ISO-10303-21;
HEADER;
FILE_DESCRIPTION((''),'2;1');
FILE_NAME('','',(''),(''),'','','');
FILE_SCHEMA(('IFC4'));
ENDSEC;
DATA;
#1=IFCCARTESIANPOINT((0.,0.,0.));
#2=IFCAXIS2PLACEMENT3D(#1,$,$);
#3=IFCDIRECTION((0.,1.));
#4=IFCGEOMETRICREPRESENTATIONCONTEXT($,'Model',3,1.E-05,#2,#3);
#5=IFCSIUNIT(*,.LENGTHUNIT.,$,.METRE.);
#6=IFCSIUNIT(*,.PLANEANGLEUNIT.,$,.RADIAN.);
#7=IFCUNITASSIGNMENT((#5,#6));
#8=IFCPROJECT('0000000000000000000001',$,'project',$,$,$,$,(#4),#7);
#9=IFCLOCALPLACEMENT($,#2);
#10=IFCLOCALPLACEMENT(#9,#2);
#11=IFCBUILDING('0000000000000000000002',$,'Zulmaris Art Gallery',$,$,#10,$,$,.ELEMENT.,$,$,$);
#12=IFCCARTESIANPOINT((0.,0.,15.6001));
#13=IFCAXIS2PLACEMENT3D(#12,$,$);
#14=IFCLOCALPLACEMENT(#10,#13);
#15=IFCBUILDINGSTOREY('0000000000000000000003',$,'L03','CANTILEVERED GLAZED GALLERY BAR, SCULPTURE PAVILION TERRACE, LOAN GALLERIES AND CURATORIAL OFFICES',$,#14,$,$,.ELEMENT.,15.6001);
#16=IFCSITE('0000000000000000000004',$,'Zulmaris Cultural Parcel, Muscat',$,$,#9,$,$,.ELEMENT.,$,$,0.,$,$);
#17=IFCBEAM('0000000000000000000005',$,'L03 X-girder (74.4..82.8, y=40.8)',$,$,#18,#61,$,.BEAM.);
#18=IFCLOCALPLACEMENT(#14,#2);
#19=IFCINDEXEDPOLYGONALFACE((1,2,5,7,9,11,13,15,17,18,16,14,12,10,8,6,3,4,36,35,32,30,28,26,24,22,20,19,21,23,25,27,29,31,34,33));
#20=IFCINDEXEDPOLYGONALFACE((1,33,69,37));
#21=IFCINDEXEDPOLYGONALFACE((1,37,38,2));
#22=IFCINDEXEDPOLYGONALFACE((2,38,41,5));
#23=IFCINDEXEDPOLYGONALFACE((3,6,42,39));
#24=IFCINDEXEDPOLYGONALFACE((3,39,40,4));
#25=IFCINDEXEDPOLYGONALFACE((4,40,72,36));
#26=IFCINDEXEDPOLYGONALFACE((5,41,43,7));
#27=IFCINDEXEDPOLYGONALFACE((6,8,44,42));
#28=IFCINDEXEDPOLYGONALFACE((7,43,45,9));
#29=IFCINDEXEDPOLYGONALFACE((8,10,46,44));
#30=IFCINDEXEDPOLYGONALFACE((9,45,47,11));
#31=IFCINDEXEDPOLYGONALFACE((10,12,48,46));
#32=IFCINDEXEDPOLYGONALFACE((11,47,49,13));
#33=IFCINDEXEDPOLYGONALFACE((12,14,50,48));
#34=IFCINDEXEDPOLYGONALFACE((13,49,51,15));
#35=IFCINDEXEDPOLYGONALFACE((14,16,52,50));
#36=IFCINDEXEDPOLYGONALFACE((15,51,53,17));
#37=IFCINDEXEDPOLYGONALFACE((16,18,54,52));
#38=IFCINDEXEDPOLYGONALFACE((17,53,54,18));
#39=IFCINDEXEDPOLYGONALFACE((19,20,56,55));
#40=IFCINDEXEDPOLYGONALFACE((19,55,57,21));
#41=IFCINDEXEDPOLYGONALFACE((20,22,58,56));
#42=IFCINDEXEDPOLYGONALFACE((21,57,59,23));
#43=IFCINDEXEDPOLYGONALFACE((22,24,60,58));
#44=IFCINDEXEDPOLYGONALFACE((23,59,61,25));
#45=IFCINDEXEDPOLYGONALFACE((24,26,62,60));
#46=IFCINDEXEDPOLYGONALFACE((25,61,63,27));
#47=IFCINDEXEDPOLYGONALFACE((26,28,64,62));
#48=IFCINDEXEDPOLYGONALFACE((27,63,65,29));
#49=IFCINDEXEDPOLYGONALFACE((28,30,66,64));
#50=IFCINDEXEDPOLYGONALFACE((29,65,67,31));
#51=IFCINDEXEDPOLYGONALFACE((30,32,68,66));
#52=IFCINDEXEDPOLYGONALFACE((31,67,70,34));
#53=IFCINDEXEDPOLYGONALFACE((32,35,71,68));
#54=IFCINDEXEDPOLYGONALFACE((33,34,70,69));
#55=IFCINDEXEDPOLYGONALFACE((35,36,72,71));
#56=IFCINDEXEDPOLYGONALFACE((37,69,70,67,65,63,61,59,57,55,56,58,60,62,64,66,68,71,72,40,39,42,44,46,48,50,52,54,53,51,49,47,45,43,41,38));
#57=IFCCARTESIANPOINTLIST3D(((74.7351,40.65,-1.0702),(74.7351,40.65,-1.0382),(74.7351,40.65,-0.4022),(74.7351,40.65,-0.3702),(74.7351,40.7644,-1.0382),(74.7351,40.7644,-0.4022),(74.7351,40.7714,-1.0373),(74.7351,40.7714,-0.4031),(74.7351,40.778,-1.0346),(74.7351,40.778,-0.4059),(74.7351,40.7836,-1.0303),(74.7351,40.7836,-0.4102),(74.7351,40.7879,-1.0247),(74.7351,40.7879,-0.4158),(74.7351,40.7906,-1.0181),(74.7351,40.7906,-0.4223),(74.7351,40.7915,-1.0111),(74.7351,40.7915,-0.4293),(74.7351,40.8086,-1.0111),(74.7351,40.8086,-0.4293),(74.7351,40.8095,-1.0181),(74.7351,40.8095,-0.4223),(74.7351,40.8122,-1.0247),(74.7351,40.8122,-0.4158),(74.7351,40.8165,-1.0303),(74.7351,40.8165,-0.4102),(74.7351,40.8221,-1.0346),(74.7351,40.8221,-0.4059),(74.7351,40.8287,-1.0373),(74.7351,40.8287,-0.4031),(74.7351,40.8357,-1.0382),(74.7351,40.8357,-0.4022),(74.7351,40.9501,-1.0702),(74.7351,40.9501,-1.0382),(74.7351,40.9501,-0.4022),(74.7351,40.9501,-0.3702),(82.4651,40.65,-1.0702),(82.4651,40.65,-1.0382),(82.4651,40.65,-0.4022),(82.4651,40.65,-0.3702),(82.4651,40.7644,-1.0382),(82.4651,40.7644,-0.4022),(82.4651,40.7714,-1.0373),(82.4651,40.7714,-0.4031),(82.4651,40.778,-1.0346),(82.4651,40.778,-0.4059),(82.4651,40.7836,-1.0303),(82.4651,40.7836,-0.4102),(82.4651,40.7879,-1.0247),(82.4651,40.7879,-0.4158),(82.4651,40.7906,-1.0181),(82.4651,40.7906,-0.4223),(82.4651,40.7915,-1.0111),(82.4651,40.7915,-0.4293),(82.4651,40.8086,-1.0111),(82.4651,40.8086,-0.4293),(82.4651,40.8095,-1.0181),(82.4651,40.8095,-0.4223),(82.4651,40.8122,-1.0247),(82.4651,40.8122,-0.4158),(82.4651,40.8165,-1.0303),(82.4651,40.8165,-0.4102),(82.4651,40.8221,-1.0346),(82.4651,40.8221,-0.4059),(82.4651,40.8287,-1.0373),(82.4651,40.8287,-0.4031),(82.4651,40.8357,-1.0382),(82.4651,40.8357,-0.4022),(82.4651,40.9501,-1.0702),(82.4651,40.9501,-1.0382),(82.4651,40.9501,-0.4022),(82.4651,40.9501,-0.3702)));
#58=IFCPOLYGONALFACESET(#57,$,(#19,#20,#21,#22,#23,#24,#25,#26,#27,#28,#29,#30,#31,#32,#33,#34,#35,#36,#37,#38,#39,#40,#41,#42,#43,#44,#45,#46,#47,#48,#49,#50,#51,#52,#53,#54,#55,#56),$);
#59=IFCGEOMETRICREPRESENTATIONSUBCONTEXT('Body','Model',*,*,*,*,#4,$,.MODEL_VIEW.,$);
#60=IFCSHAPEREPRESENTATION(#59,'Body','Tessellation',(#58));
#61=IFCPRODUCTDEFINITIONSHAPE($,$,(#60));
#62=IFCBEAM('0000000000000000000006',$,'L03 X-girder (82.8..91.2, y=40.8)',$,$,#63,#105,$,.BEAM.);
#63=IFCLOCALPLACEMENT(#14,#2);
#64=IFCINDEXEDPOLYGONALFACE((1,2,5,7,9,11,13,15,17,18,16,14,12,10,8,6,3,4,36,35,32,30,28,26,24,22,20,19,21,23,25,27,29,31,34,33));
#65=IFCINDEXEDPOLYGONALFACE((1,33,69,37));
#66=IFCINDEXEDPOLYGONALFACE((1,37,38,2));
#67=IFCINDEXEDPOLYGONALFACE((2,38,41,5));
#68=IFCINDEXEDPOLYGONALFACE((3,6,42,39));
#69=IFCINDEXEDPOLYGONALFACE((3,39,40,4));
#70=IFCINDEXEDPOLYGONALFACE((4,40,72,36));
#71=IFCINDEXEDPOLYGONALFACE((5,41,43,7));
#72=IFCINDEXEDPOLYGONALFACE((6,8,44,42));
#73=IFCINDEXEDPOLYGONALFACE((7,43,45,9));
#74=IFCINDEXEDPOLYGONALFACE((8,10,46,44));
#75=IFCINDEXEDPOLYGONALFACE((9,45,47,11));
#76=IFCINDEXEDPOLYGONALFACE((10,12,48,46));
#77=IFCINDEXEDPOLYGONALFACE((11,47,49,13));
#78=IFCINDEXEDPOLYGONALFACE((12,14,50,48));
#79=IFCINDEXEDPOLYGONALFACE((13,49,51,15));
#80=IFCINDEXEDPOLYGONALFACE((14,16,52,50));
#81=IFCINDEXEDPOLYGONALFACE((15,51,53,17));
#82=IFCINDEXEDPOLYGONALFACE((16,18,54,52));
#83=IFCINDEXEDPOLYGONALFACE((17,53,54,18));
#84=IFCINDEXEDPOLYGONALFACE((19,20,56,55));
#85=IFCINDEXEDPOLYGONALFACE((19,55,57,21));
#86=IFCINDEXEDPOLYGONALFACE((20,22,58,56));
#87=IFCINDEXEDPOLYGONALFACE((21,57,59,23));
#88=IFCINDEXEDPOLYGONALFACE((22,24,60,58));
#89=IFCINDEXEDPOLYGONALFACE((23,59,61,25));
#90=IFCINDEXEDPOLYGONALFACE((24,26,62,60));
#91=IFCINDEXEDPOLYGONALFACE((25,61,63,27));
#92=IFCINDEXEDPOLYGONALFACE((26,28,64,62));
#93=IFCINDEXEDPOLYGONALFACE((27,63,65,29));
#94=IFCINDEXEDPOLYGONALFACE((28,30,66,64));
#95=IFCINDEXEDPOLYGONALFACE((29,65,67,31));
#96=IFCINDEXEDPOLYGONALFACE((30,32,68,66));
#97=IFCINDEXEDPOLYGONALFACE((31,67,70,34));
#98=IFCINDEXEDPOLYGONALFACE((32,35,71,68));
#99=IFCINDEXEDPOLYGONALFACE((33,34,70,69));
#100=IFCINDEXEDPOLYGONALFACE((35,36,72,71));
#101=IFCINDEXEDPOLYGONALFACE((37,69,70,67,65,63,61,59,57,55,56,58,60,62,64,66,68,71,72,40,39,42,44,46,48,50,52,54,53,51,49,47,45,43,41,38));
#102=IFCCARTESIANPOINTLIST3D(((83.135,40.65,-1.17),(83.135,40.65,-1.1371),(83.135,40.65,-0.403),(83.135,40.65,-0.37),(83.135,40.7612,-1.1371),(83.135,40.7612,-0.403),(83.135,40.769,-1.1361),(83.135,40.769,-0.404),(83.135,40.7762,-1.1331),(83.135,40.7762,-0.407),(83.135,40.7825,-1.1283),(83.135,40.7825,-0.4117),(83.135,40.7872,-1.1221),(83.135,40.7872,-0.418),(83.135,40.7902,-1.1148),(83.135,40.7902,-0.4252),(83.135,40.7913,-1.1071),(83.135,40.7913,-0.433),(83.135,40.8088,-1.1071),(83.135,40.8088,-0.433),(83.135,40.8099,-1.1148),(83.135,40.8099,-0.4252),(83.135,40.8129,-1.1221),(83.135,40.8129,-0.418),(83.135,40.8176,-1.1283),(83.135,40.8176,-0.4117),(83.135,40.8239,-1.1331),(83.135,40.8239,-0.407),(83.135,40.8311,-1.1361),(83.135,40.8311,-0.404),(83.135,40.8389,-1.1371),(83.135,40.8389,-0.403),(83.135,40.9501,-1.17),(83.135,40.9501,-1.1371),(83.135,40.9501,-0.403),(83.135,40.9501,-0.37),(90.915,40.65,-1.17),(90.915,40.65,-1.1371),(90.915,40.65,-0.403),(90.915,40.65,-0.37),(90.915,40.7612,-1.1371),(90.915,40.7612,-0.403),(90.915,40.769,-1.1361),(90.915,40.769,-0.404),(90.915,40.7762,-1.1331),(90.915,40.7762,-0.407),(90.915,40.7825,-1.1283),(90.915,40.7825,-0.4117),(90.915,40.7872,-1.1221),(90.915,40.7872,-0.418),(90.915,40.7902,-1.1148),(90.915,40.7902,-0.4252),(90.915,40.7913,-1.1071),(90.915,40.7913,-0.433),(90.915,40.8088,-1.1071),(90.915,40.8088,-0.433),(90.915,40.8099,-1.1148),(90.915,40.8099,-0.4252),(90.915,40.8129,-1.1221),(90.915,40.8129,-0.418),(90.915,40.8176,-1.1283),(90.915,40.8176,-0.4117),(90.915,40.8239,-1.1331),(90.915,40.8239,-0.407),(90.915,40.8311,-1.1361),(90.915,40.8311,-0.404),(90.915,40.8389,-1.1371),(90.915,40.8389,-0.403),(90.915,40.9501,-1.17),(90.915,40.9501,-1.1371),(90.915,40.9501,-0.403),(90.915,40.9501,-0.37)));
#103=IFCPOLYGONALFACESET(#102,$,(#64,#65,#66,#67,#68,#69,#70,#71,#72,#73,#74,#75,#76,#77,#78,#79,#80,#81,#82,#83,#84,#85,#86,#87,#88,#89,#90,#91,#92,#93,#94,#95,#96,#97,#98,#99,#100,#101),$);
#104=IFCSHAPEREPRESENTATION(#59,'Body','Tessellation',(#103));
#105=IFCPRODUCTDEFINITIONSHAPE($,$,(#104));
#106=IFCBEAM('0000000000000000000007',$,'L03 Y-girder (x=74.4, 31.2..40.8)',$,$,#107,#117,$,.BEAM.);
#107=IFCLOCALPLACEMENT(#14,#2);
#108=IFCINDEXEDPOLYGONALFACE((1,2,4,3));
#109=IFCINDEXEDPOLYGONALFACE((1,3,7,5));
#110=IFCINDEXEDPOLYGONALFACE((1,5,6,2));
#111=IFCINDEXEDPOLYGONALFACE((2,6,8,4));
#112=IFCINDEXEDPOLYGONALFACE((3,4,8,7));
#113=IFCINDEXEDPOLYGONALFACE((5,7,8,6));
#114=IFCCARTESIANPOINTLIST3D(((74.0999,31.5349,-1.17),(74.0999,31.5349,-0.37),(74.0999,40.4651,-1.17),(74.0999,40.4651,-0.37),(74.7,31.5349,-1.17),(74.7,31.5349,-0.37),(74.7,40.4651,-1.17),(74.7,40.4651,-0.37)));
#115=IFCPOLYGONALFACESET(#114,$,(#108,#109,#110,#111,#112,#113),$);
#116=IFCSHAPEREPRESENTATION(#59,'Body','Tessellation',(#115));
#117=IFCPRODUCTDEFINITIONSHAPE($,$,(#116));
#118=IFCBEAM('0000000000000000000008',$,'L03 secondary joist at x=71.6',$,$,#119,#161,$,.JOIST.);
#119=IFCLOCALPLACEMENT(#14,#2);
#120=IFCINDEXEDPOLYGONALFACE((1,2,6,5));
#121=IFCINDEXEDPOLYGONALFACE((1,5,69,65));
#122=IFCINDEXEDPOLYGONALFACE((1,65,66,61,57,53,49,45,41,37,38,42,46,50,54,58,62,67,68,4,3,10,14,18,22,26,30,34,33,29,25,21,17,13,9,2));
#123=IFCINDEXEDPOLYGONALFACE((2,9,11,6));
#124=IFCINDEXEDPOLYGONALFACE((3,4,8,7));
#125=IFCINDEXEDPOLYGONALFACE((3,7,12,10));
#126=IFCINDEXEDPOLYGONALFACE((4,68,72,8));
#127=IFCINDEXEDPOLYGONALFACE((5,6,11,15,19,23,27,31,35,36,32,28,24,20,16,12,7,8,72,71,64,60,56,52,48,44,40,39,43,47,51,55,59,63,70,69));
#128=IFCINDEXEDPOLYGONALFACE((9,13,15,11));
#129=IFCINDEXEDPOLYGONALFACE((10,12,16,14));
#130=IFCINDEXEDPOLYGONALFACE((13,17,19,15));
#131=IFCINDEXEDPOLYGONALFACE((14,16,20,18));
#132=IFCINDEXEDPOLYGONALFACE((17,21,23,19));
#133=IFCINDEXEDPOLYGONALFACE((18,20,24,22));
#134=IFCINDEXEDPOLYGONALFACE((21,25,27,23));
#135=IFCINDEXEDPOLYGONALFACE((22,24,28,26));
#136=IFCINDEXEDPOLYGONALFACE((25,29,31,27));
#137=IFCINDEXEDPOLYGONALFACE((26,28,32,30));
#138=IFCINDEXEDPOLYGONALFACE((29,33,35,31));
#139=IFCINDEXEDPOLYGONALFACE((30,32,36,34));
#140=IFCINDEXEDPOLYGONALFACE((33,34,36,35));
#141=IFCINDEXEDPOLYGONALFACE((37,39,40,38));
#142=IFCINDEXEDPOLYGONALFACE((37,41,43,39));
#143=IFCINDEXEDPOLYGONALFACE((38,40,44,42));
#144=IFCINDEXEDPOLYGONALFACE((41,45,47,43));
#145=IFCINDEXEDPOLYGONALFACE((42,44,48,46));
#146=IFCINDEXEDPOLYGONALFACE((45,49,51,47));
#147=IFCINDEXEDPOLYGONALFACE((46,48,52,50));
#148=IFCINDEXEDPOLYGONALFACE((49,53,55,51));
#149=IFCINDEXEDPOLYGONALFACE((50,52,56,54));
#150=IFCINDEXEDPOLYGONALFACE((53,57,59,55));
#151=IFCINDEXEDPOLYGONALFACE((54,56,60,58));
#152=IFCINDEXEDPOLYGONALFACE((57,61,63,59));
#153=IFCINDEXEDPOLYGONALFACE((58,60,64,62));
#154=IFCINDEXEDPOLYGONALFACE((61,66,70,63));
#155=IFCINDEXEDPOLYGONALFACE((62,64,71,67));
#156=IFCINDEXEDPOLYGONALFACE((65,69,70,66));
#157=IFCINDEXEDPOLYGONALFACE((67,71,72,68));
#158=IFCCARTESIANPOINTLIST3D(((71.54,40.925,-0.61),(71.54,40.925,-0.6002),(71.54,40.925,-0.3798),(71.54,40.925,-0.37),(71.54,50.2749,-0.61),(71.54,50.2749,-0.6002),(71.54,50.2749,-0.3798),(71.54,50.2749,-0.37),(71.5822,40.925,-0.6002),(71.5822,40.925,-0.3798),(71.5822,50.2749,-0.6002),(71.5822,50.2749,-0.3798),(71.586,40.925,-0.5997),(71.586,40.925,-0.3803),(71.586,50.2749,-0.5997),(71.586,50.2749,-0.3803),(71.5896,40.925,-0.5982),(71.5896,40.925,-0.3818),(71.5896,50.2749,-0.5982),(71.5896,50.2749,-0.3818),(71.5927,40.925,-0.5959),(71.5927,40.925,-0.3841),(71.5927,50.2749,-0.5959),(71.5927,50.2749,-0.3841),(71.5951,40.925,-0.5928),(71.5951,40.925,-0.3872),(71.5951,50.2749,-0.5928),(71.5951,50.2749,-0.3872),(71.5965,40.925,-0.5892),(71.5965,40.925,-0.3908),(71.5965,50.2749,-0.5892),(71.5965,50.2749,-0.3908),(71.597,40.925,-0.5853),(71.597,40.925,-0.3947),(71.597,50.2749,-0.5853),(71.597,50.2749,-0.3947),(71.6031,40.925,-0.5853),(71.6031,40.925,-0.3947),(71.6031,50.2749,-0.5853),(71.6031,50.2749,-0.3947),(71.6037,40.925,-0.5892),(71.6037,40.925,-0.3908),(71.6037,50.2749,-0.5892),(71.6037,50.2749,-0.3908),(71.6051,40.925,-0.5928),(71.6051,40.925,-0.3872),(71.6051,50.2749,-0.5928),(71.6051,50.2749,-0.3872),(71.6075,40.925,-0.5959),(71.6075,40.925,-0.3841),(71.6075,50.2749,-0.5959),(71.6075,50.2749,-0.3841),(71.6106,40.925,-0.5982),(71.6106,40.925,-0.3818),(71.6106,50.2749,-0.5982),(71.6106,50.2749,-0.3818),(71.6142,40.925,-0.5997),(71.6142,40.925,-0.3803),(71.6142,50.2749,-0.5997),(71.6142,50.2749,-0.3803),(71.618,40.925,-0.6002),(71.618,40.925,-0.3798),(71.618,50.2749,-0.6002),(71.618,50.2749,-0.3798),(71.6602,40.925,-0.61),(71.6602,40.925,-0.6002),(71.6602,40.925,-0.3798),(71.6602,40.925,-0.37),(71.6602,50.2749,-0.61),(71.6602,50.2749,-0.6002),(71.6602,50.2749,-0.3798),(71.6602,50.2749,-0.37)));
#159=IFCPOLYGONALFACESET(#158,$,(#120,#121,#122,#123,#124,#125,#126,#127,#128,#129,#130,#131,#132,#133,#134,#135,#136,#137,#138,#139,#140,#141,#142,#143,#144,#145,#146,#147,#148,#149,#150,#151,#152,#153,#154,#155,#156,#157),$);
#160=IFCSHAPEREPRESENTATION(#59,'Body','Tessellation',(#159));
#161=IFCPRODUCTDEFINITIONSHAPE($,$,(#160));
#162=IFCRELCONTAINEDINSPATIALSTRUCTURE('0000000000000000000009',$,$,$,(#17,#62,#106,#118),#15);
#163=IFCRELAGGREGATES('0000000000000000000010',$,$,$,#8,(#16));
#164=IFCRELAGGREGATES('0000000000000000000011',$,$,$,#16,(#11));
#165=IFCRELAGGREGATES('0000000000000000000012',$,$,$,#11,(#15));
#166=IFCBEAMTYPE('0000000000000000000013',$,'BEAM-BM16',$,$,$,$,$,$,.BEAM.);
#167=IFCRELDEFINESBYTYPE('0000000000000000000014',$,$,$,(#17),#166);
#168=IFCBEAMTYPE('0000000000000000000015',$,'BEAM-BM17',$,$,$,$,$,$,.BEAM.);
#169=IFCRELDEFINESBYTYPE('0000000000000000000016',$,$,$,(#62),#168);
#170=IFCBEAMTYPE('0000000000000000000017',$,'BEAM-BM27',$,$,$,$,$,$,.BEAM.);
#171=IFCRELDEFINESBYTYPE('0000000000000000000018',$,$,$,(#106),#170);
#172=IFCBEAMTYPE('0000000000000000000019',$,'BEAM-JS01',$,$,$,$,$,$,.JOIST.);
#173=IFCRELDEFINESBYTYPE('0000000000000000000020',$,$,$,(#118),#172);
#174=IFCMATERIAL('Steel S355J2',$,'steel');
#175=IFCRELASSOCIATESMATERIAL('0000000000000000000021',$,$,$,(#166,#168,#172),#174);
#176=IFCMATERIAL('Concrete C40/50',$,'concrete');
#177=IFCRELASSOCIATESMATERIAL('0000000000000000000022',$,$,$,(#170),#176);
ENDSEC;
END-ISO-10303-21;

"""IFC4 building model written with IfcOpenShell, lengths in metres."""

from ifc_helpers import new_model, si_unit, direction, frame, origin, origin_2d, place, context, subcontext, project, spatial, rectangle, i_section, extrude, material, material_profile, profile_set, type_object, element, save


model = new_model("IFC4")

# Units and contexts
model_context = context("Model", 3, precision=1e-05, world=origin(), true_north=direction((0.0, 1.0)))
body_context = subcontext(model_context, "Body", "Model", "MODEL_VIEW")
ifc_project = project(units=[si_unit("LENGTHUNIT", "METRE"), si_unit("PLANEANGLEUNIT", "RADIAN")], contexts=[model_context])

# Site, building, storey
site_placement = place(None, origin())
site = spatial("IfcSite", under=ifc_project, at=site_placement, Name="Zulmaris Cultural Parcel, Muscat", CompositionType="ELEMENT", RefElevation=0.0)
building_placement = place(site_placement, origin())
building = spatial("IfcBuilding", under=site, at=building_placement, Name="Zulmaris Art Gallery", CompositionType="ELEMENT")
storey_placement = place(building_placement, frame((0.0, 0.0, 15.6001)))
storey = spatial("IfcBuildingStorey", under=building, at=storey_placement, Name="L03", Description="CANTILEVERED GLAZED GALLERY BAR, SCULPTURE PAVILION TERRACE, LOAN GALLERIES AND CURATORIAL OFFICES", CompositionType="ELEMENT", Elevation=15.6001)

# Shared definitions
ifc_material_1 = material(Name="Concrete C40/50", Category="concrete")

# Beams
ifc_material_2 = material(Name="Steel S355J2", Category="steel")
ifc_material_profile_1 = material_profile(ifc_material_2, i_section(OverallWidth=0.3, OverallDepth=0.7, WebThickness=0.0171, FlangeThickness=0.032, FilletRadius=0.0271, at=origin_2d()), Name="HEB 700")
ifc_profile_set_1 = profile_set([ifc_material_profile_1], Name="Steel S355J2")
beam_type_1 = type_object("IfcBeamType", Name="BEAM-BM16", PredefinedType="BEAM", material=ifc_profile_set_1)
beam_1_placement = place(storey_placement, frame((74.7351, 40.8, -0.7202), z_axis=(1.0, 0.0, 0.0), x_axis=(0.0, 1.0, 0.0)))
element("IfcBeam", 1, at=beam_1_placement, inside=storey, type_object=beam_type_1, Name="L03 X-girder (74.4..82.8, y=40.8)", PredefinedType="BEAM", context=body_context, shape_type="SweptSolid", body=[
    extrude(i_section(OverallWidth=0.3, OverallDepth=0.7, WebThickness=0.0171, FlangeThickness=0.032, FilletRadius=0.0271, at=origin_2d()), origin(), (0.0, 0.0, 1.0), 7.73),
])
ifc_material_profile_2 = material_profile(ifc_material_2, i_section(OverallWidth=0.3, OverallDepth=0.8, WebThickness=0.0176, FlangeThickness=0.033, FilletRadius=0.03, at=origin_2d()), Name="HEB 800")
ifc_profile_set_2 = profile_set([ifc_material_profile_2], Name="Steel S355J2")
beam_type_2 = type_object("IfcBeamType", Name="BEAM-BM17", PredefinedType="BEAM", material=ifc_profile_set_2)
beam_2_placement = place(storey_placement, frame((83.135, 40.8, -0.77), z_axis=(1.0, 0.0, 0.0), x_axis=(0.0, 1.0, 0.0)))
element("IfcBeam", 2, at=beam_2_placement, inside=storey, type_object=beam_type_2, Name="L03 X-girder (82.8..91.2, y=40.8)", PredefinedType="BEAM", context=body_context, shape_type="SweptSolid", body=[
    extrude(i_section(OverallWidth=0.3, OverallDepth=0.8, WebThickness=0.0176, FlangeThickness=0.033, FilletRadius=0.03, at=origin_2d()), origin(), (0.0, 0.0, 1.0), 7.78),
])
ifc_material_profile_3 = material_profile(ifc_material_1, rectangle(XDim=0.6001, YDim=0.8, at=origin_2d()), Name="RC 600x800")
ifc_profile_set_3 = profile_set([ifc_material_profile_3], Name="Concrete C40/50")
beam_type_3 = type_object("IfcBeamType", Name="BEAM-BM27", PredefinedType="BEAM", material=ifc_profile_set_3)
beam_3_placement = place(storey_placement, frame((74.3999, 31.5349, -0.77), z_axis=(0.0, 1.0, 0.0), x_axis=(-1.0, 0.0, 0.0)))
element("IfcBeam", 3, at=beam_3_placement, inside=storey, type_object=beam_type_3, Name="L03 Y-girder (x=74.4, 31.2..40.8)", PredefinedType="BEAM", context=body_context, shape_type="SweptSolid", body=[
    extrude(rectangle(XDim=0.6001, YDim=0.8, at=origin_2d()), origin(), (0.0, 0.0, 1.0), 8.9302),
])
ifc_material_profile_4 = material_profile(ifc_material_2, i_section(OverallWidth=0.1201, OverallDepth=0.24, WebThickness=0.0061, FlangeThickness=0.0098, FilletRadius=0.0149, at=origin_2d()), Name="IPE 240")
ifc_profile_set_4 = profile_set([ifc_material_profile_4], Name="Steel S355J2")
beam_type_4 = type_object("IfcBeamType", Name="BEAM-JS01", PredefinedType="JOIST", material=ifc_profile_set_4)
beam_4_placement = place(storey_placement, frame((71.6001, 40.925, -0.49), z_axis=(0.0, 1.0, 0.0), x_axis=(-1.0, 0.0, 0.0)))
element("IfcBeam", 4, at=beam_4_placement, inside=storey, type_object=beam_type_4, Name="L03 secondary joist at x=71.6", PredefinedType="JOIST", context=body_context, shape_type="SweptSolid", body=[
    extrude(i_section(OverallWidth=0.1201, OverallDepth=0.24, WebThickness=0.0061, FlangeThickness=0.0098, FilletRadius=0.0149, at=origin_2d()), origin(), (0.0, 0.0, 1.0), 9.3499),
])

save(model, "model.ifc")
